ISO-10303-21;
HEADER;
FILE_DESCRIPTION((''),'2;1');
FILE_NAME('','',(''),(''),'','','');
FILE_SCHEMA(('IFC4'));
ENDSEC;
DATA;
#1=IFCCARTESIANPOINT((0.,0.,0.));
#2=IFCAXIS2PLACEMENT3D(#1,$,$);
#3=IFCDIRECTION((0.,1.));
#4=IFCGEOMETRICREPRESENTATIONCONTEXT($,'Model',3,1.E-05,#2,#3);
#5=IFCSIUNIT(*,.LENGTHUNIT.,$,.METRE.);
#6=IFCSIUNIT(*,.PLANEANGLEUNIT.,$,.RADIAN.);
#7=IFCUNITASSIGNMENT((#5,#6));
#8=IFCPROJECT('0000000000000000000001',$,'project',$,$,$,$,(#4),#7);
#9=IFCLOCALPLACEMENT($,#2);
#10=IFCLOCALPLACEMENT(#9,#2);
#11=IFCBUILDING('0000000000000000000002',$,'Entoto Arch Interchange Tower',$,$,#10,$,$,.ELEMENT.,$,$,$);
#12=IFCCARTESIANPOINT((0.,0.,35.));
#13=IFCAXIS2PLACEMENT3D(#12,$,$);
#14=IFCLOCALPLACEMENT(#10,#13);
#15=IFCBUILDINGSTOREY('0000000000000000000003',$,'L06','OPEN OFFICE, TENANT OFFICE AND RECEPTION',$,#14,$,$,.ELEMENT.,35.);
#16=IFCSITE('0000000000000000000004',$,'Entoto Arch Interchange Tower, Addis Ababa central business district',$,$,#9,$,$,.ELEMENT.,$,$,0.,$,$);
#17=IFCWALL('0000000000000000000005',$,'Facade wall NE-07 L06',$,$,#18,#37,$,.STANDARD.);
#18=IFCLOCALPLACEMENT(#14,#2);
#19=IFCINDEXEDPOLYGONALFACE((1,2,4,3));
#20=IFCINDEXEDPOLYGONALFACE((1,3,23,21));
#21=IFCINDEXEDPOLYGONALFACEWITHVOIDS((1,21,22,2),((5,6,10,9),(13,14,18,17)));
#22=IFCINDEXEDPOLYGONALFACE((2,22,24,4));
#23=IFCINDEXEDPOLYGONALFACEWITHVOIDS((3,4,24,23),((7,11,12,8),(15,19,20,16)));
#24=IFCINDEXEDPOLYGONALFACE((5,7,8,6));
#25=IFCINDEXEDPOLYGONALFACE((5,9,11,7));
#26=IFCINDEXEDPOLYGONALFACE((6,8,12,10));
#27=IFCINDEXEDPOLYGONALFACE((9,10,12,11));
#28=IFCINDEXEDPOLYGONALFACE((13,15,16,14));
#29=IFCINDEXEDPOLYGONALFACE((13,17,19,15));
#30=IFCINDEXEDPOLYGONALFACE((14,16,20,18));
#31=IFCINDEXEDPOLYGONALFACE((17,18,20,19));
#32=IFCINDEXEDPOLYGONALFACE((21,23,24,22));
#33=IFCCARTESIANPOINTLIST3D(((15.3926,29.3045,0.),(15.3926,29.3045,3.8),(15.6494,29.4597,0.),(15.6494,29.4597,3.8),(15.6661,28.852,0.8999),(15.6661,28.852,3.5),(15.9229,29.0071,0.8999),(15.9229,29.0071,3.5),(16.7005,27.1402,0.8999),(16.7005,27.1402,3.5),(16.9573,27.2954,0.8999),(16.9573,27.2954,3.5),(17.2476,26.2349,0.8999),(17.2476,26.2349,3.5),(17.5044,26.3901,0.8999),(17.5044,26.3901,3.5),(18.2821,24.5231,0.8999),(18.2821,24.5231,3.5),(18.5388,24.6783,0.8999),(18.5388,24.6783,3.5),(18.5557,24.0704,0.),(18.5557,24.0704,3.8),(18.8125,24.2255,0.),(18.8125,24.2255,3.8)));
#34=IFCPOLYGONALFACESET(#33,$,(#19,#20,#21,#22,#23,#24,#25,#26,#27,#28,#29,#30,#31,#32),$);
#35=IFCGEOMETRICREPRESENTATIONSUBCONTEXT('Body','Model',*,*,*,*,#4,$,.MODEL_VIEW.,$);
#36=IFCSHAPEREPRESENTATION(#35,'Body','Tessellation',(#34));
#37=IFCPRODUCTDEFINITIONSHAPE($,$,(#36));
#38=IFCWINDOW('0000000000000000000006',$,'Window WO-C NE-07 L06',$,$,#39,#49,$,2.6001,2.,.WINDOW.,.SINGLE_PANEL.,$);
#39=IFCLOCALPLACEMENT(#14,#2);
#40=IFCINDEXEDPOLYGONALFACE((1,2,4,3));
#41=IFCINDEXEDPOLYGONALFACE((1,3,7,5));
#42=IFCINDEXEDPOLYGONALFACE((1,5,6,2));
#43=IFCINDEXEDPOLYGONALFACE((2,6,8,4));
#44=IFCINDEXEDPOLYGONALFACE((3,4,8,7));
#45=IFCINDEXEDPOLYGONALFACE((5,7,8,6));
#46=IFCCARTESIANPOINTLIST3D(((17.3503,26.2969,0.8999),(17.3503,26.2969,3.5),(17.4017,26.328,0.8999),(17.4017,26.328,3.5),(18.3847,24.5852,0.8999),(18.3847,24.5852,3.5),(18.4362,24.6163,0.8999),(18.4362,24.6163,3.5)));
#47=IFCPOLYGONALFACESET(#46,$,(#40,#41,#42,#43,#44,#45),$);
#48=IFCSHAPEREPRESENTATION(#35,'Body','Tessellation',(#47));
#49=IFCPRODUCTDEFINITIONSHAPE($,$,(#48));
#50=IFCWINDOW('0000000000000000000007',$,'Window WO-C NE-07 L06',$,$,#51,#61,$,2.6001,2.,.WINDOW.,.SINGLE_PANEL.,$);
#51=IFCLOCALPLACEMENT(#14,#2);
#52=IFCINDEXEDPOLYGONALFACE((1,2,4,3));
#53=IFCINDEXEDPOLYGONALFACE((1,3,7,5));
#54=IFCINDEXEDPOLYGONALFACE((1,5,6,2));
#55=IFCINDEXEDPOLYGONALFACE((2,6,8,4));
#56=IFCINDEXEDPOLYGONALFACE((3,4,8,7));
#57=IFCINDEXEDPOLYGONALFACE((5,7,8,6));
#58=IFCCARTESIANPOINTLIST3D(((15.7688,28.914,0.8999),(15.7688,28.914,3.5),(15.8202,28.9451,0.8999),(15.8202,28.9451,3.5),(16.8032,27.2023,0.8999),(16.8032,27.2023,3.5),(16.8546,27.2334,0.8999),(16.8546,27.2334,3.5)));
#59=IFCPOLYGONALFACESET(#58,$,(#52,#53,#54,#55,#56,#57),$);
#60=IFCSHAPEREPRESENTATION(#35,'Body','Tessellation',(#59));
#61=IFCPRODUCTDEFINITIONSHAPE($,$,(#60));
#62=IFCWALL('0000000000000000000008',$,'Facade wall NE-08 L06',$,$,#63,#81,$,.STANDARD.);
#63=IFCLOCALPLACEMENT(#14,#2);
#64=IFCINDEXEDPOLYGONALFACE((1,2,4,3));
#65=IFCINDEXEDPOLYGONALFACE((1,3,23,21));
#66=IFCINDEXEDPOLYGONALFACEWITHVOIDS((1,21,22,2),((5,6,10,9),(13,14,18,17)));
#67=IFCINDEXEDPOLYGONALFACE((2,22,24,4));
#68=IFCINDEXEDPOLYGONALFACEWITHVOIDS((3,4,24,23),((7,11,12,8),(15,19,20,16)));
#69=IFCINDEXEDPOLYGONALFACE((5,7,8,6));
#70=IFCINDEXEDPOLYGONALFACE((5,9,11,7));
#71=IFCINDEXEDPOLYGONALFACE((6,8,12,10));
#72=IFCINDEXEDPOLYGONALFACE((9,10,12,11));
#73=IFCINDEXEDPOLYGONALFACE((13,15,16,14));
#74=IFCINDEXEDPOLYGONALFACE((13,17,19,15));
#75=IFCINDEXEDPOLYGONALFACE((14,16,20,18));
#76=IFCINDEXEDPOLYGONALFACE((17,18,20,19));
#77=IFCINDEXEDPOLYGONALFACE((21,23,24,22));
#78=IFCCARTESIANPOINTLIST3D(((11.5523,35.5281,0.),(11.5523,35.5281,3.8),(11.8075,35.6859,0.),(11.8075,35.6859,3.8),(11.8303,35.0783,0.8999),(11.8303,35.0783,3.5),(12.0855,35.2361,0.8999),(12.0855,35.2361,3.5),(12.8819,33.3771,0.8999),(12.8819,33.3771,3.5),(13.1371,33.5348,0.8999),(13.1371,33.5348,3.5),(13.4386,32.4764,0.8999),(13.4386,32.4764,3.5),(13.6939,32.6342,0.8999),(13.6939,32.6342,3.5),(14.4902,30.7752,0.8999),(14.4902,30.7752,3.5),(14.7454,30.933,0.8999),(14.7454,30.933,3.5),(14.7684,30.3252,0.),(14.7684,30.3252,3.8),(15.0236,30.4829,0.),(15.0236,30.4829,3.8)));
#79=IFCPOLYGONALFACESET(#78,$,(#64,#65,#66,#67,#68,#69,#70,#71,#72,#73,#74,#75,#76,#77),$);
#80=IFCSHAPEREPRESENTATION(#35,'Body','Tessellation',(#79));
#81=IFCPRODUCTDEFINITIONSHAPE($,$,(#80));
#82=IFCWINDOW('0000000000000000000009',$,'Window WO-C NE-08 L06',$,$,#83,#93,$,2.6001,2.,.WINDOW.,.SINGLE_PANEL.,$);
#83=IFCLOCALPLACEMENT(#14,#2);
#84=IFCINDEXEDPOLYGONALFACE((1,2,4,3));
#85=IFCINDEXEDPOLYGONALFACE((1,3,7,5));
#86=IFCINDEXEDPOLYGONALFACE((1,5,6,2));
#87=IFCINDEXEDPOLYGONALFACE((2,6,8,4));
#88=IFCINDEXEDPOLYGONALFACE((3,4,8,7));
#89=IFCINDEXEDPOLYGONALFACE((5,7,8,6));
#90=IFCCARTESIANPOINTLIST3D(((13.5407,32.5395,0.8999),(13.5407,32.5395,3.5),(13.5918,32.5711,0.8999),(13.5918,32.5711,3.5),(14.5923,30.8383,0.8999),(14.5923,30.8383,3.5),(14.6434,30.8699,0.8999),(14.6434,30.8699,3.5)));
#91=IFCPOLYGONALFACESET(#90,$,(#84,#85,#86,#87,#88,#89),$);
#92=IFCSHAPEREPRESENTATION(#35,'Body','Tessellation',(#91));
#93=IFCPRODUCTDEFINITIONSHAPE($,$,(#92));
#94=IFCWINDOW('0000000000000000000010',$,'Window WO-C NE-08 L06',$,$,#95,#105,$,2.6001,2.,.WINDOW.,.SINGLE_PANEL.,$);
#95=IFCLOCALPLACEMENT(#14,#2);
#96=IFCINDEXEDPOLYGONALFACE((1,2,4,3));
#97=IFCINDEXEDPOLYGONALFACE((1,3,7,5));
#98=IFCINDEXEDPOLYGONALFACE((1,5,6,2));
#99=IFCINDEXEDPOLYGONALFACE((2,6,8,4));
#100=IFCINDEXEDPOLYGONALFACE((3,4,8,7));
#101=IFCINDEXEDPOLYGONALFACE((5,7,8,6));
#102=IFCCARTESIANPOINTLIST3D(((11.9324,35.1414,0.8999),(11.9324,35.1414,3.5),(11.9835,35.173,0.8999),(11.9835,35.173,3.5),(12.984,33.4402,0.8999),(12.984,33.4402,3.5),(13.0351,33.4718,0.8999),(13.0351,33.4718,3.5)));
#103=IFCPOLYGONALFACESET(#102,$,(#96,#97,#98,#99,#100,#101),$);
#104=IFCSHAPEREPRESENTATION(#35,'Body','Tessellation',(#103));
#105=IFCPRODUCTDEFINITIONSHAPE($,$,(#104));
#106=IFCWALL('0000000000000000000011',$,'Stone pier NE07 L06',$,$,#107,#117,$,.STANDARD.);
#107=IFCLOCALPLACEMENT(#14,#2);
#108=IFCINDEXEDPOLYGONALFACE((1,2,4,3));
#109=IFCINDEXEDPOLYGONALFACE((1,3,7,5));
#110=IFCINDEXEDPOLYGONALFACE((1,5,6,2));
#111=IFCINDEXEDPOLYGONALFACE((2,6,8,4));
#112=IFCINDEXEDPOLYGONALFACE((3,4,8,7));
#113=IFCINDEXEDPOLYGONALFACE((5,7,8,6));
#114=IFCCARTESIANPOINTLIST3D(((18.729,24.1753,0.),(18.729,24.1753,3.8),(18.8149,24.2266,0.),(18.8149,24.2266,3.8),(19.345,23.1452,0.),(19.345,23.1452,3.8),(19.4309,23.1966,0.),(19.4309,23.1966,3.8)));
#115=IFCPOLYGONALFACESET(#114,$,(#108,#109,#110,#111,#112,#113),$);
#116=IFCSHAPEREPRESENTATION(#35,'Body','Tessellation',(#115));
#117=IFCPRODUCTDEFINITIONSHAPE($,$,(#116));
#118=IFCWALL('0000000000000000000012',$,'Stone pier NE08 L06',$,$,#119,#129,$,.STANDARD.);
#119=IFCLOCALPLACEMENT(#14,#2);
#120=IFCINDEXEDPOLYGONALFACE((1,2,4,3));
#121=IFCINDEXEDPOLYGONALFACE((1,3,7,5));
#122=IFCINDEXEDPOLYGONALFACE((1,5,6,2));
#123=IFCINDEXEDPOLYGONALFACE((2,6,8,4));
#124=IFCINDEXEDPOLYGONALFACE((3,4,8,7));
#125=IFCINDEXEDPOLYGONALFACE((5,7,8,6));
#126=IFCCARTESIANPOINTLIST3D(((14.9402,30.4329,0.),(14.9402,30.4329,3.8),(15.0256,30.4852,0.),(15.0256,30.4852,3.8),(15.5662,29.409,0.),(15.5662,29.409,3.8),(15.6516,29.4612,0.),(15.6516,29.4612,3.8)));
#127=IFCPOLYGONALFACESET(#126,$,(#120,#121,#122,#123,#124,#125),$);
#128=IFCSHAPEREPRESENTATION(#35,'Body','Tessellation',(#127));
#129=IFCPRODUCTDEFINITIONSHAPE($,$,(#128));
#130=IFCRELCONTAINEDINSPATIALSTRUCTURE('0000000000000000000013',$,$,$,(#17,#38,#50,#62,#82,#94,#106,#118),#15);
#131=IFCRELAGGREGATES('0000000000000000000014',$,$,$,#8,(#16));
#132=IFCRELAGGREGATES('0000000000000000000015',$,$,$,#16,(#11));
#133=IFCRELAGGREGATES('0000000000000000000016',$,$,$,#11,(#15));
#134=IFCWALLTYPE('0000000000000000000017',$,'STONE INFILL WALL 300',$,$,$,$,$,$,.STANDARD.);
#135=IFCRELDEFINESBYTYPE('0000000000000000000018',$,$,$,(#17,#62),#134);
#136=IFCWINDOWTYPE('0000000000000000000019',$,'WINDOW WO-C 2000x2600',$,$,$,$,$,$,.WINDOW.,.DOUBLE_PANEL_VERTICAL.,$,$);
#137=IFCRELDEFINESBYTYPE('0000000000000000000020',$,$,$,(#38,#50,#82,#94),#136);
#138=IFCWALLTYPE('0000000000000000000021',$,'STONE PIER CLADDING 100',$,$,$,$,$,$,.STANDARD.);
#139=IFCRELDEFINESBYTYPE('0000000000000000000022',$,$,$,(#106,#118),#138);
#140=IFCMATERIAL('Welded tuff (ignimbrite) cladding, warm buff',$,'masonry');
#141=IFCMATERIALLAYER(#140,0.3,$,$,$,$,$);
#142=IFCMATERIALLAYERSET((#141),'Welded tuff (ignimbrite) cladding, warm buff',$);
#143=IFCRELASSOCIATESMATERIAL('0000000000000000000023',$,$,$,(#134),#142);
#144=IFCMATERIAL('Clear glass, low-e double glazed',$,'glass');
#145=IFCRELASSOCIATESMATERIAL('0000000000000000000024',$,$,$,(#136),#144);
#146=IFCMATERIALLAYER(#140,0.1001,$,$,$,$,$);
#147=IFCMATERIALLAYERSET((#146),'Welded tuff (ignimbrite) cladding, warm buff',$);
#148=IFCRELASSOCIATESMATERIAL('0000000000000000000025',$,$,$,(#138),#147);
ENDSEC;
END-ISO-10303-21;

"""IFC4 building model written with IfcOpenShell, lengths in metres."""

from ifc_helpers import new_model, si_unit, direction, frame, frame_2d, origin, place, context, subcontext, project, spatial, rectangle, extrude, material, layer, layer_set, type_object, element, fill, save


model = new_model("IFC4")

# Units and contexts
model_context = context("Model", 3, precision=1e-05, world=origin(), true_north=direction((0.0, 1.0)))
body_context = subcontext(model_context, "Body", "Model", "MODEL_VIEW")
ifc_project = project(units=[si_unit("LENGTHUNIT", "METRE"), si_unit("PLANEANGLEUNIT", "RADIAN")], contexts=[model_context])

# Site, building, storey
site_placement = place(None, origin())
site = spatial("IfcSite", under=ifc_project, at=site_placement, Name="Entoto Arch Interchange Tower, Addis Ababa central business district", CompositionType="ELEMENT", RefElevation=0.0)
building_placement = place(site_placement, origin())
building = spatial("IfcBuilding", under=site, at=building_placement, Name="Entoto Arch Interchange Tower", CompositionType="ELEMENT")
storey_placement = place(building_placement, frame((0.0, 0.0, 35.0)))
storey = spatial("IfcBuildingStorey", under=building, at=storey_placement, Name="L06", Description="OPEN OFFICE, TENANT OFFICE AND RECEPTION", CompositionType="ELEMENT", Elevation=35.0)

# Walls, openings, windows
ifc_material_1 = material(Name="Welded tuff (ignimbrite) cladding, warm buff", Category="masonry")
ifc_layer_1 = layer(ifc_material_1, 0.3)
ifc_layer_set_1 = layer_set([ifc_layer_1], Name="Welded tuff (ignimbrite) cladding, warm buff")
wall_type_1 = type_object("IfcWallType", Name="STONE INFILL WALL 300", PredefinedType="STANDARD", material=ifc_layer_set_1)
wall_1_placement = place(storey_placement, frame((18.6841, 24.1479, 0.0), z_axis=(0.0, 0.0, 1.0), x_axis=(-0.517211, 0.855858, 0.0)))
wall_1 = element("IfcWall", 1, at=wall_1_placement, inside=storey, type_object=wall_type_1, Name="Facade wall NE-07 L06", PredefinedType="STANDARD", context=body_context, shape_type="SweptSolid", body=[
    extrude(rectangle(XDim=6.1157, YDim=0.3, at=frame_2d((3.0579, 0.0))), origin(), (0.0, 0.0, 1.0), 3.8),
])
opening_1_placement = place(wall_1_placement, frame((0.5291, 0.0, 0.8999)))
opening_1 = element("IfcOpeningElement", 2, at=opening_1_placement, cuts=wall_1, PredefinedType="OPENING", context=body_context, shape_type="SweptSolid", body=[
    extrude(rectangle(XDim=2.0, YDim=2.6001, at=frame_2d((1.0, 1.3))), frame((0.0, 0.1602, 0.0), z_axis=(0.0, -1.0, 0.0), x_axis=(1.0, 0.0, 0.0)), (0.0, 0.0, 1.0), 0.3201),
])
opening_2_placement = place(wall_1_placement, frame((3.5869, 0.0, 0.8999)))
opening_2 = element("IfcOpeningElement", 3, at=opening_2_placement, cuts=wall_1, PredefinedType="OPENING", context=body_context, shape_type="SweptSolid", body=[
    extrude(rectangle(XDim=2.0, YDim=2.6001, at=frame_2d((1.0, 1.3))), frame((0.0, 0.1602, 0.0), z_axis=(0.0, -1.0, 0.0), x_axis=(1.0, 0.0, 0.0)), (0.0, 0.0, 1.0), 0.3201),
])
ifc_material_2 = material(Name="Clear glass, low-e double glazed", Category="glass")
window_type = type_object("IfcWindowType", Name="WINDOW WO-C 2000x2600", PartitioningType="DOUBLE_PANEL_VERTICAL", PredefinedType="WINDOW", material=ifc_material_2)
window_1_placement = place(opening_1_placement, origin())
window_1 = element("IfcWindow", 4, at=window_1_placement, inside=storey, type_object=window_type, Name="Window WO-C NE-07 L06", OverallHeight=2.6001, OverallWidth=2.0, PartitioningType="SINGLE_PANEL", PredefinedType="WINDOW", context=body_context, shape_type="SweptSolid", body=[
    extrude(rectangle(XDim=2.0, YDim=2.6001, at=frame_2d((1.0, 1.3))), frame((0.0, 0.03, 0.0), z_axis=(0.0, -1.0, 0.0), x_axis=(1.0, 0.0, 0.0)), (0.0, 0.0, 1.0), 0.0601),
])
fill(opening_1, window_1)
window_2_placement = place(opening_2_placement, origin())
window_2 = element("IfcWindow", 5, at=window_2_placement, inside=storey, type_object=window_type, Name="Window WO-C NE-07 L06", OverallHeight=2.6001, OverallWidth=2.0, PartitioningType="SINGLE_PANEL", PredefinedType="WINDOW", context=body_context, shape_type="SweptSolid", body=[
    extrude(rectangle(XDim=2.0, YDim=2.6001, at=frame_2d((1.0, 1.3))), frame((0.0, 0.03, 0.0), z_axis=(0.0, -1.0, 0.0), x_axis=(1.0, 0.0, 0.0)), (0.0, 0.0, 1.0), 0.0601),
])
fill(opening_2, window_2)
wall_2_placement = place(storey_placement, frame((14.896, 30.4041, 0.0), z_axis=(0.0, 0.0, 1.0), x_axis=(-0.525791, 0.850614, 0.0)))
wall_2 = element("IfcWall", 6, at=wall_2_placement, inside=storey, type_object=wall_type_1, Name="Facade wall NE-08 L06", PredefinedType="STANDARD", context=body_context, shape_type="SweptSolid", body=[
    extrude(rectangle(XDim=6.1167, YDim=0.3, at=frame_2d((3.0583, 0.0))), origin(), (0.0, 0.0, 1.0), 3.8),
])
opening_3_placement = place(wall_2_placement, frame((0.5291, 0.0, 0.8999)))
opening_3 = element("IfcOpeningElement", 7, at=opening_3_placement, cuts=wall_2, PredefinedType="OPENING", context=body_context, shape_type="SweptSolid", body=[
    extrude(rectangle(XDim=2.0, YDim=2.6001, at=frame_2d((1.0, 1.3))), frame((0.0, 0.1602, 0.0), z_axis=(0.0, -1.0, 0.0), x_axis=(1.0, 0.0, 0.0)), (0.0, 0.0, 1.0), 0.3201),
])
opening_4_placement = place(wall_2_placement, frame((3.5879, 0.0, 0.8999)))
opening_4 = element("IfcOpeningElement", 8, at=opening_4_placement, cuts=wall_2, PredefinedType="OPENING", context=body_context, shape_type="SweptSolid", body=[
    extrude(rectangle(XDim=2.0, YDim=2.6001, at=frame_2d((1.0, 1.3))), frame((0.0, 0.1602, 0.0), z_axis=(0.0, -1.0, 0.0), x_axis=(1.0, 0.0, 0.0)), (0.0, 0.0, 1.0), 0.3201),
])
window_3_placement = place(opening_3_placement, origin())
window_3 = element("IfcWindow", 9, at=window_3_placement, inside=storey, type_object=window_type, Name="Window WO-C NE-08 L06", OverallHeight=2.6001, OverallWidth=2.0, PartitioningType="SINGLE_PANEL", PredefinedType="WINDOW", context=body_context, shape_type="SweptSolid", body=[
    extrude(rectangle(XDim=2.0, YDim=2.6001, at=frame_2d((1.0, 1.3))), frame((0.0, 0.03, 0.0), z_axis=(0.0, -1.0, 0.0), x_axis=(1.0, 0.0, 0.0)), (0.0, 0.0, 1.0), 0.0601),
])
fill(opening_3, window_3)
window_4_placement = place(opening_4_placement, origin())
window_4 = element("IfcWindow", 10, at=window_4_placement, inside=storey, type_object=window_type, Name="Window WO-C NE-08 L06", OverallHeight=2.6001, OverallWidth=2.0, PartitioningType="SINGLE_PANEL", PredefinedType="WINDOW", context=body_context, shape_type="SweptSolid", body=[
    extrude(rectangle(XDim=2.0, YDim=2.6001, at=frame_2d((1.0, 1.3))), frame((0.0, 0.03, 0.0), z_axis=(0.0, -1.0, 0.0), x_axis=(1.0, 0.0, 0.0)), (0.0, 0.0, 1.0), 0.0601),
])
fill(opening_4, window_4)

# Walls
ifc_layer_2 = layer(ifc_material_1, 0.1001)
ifc_layer_set_2 = layer_set([ifc_layer_2], Name="Welded tuff (ignimbrite) cladding, warm buff")
wall_type_2 = type_object("IfcWallType", Name="STONE PIER CLADDING 100", PredefinedType="STANDARD", material=ifc_layer_set_2)
for number, where, z_axis, x_axis, name in (
    (11, (19.3879, 23.1709, 0.0), (0.0, 0.0, 1.0), (-0.513239, 0.858246, 0.0), "Stone pier NE07 L06"),
    (12, (15.6089, 29.4351, 0.0), (0.0, 0.0, 1.0), (-0.521598, 0.853191, 0.0), "Stone pier NE08 L06"),
):
    element("IfcWall", number, at=place(storey_placement, frame(where, z_axis=z_axis, x_axis=x_axis)), inside=storey, type_object=wall_type_2, Name=name, PredefinedType="STANDARD", context=body_context, shape_type="SweptSolid", body=[
        extrude(rectangle(XDim=1.2002, YDim=0.1001, at=frame_2d((0.6001, 0.0))), origin(), (0.0, 0.0, 1.0), 3.8),
    ])

save(model, "model.ifc")
